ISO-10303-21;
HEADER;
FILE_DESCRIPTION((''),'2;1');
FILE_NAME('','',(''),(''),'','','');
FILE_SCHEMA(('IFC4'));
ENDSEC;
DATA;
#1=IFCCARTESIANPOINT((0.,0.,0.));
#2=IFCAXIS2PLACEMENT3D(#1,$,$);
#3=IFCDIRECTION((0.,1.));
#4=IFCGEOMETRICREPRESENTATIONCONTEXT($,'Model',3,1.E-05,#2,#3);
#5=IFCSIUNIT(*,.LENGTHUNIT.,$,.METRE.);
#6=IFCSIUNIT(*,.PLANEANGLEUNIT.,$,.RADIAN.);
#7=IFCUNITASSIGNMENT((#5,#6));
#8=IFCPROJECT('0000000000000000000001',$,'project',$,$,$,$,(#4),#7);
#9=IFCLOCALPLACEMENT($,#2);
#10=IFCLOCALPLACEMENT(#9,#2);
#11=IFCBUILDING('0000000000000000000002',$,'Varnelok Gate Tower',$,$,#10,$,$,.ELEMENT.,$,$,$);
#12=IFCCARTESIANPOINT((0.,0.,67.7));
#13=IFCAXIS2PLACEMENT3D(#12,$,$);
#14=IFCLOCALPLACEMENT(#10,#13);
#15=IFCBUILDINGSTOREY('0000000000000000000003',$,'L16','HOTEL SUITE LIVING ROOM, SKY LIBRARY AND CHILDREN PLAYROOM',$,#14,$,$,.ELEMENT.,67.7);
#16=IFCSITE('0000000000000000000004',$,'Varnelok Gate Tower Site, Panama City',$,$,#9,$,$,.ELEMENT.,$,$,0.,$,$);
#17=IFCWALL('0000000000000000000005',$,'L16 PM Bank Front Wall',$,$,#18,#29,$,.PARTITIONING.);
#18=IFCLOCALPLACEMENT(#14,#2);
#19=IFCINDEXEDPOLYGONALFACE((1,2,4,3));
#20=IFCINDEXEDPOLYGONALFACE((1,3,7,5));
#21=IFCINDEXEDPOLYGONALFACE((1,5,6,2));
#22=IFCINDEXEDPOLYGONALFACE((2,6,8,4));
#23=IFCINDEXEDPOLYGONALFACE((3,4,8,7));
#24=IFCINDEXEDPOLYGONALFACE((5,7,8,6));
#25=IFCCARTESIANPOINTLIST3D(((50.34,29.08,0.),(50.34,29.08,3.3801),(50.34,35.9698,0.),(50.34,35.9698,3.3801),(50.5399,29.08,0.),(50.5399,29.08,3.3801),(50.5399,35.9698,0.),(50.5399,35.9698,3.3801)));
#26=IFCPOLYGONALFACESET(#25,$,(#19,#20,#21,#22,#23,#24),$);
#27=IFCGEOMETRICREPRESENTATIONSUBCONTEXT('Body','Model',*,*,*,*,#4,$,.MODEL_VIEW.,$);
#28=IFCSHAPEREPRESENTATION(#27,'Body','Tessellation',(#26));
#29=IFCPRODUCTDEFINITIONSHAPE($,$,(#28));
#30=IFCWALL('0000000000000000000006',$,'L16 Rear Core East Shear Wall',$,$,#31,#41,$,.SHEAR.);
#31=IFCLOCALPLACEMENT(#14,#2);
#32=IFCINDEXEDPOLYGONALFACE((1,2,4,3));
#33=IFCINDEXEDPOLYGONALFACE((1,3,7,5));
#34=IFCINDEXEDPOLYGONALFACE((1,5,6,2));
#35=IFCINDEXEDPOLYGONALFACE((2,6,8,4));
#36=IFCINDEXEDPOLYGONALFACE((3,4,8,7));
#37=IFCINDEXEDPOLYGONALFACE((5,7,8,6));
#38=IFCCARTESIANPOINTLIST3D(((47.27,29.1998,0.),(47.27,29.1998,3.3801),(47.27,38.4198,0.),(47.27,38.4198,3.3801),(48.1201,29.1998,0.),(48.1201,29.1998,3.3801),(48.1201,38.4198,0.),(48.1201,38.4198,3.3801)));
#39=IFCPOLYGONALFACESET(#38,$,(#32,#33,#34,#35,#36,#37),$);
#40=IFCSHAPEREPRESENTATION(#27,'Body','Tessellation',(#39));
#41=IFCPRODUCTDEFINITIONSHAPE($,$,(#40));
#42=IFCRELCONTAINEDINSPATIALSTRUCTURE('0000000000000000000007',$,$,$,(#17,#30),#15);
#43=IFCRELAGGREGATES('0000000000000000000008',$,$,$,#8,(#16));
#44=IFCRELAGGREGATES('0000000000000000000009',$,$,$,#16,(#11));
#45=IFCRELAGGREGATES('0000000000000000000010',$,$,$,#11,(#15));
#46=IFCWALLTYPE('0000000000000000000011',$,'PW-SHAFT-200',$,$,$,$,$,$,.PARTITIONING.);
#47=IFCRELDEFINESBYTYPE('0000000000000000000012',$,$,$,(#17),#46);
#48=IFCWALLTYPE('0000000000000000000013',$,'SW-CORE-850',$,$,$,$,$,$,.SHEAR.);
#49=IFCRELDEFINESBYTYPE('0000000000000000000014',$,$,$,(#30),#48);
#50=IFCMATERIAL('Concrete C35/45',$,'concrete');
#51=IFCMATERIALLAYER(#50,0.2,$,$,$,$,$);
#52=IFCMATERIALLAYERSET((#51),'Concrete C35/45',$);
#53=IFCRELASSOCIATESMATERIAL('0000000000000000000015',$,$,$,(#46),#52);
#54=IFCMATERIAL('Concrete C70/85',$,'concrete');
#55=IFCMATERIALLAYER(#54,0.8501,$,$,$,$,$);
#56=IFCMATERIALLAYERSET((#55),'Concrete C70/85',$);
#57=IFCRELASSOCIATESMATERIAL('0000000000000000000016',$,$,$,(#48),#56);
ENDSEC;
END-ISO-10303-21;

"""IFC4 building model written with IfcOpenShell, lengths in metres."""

from ifc_helpers import new_model, si_unit, direction, frame, frame_2d, origin, place, context, subcontext, project, spatial, rectangle, extrude, material, layer, layer_set, type_object, element, save


model = new_model("IFC4")

# Units and contexts
model_context = context("Model", 3, precision=1e-05, world=origin(), true_north=direction((0.0, 1.0)))
body_context = subcontext(model_context, "Body", "Model", "MODEL_VIEW")
ifc_project = project(units=[si_unit("LENGTHUNIT", "METRE"), si_unit("PLANEANGLEUNIT", "RADIAN")], contexts=[model_context])

# Site, building, storey
site_placement = place(None, origin())
site = spatial("IfcSite", under=ifc_project, at=site_placement, Name="Varnelok Gate Tower Site, Panama City", CompositionType="ELEMENT", RefElevation=0.0)
building_placement = place(site_placement, origin())
building = spatial("IfcBuilding", under=site, at=building_placement, Name="Varnelok Gate Tower", CompositionType="ELEMENT")
storey_placement = place(building_placement, frame((0.0, 0.0, 67.7)))
storey = spatial("IfcBuildingStorey", under=building, at=storey_placement, Name="L16", Description="HOTEL SUITE LIVING ROOM, SKY LIBRARY AND CHILDREN PLAYROOM", CompositionType="ELEMENT", Elevation=67.7)

# Shared definitions
ifc_material_1 = material(Name="Concrete C70/85", Category="concrete")

# Walls
ifc_material_2 = material(Name="Concrete C35/45", Category="concrete")
ifc_layer_1 = layer(ifc_material_2, 0.2)
ifc_layer_set_1 = layer_set([ifc_layer_1], Name="Concrete C35/45")
wall_type_1 = type_object("IfcWallType", Name="PW-SHAFT-200", PredefinedType="PARTITIONING", material=ifc_layer_set_1)
for number, where, z_axis, x_axis, name in (
    (1, (50.4399, 29.0801, 0.0), (0.0, 0.0, 1.0), (0.0, 1.0, 0.0), "L16 PM Bank Front Wall"),
):
    element("IfcWall", number, at=place(storey_placement, frame(where, z_axis=z_axis, x_axis=x_axis)), inside=storey, type_object=wall_type_1, Name=name, PredefinedType="PARTITIONING", context=body_context, shape_type="SweptSolid", body=[
        extrude(rectangle(XDim=6.8899, YDim=0.2, at=frame_2d((3.4448, 0.0))), origin(), (0.0, 0.0, 1.0), 3.3801),
    ])
ifc_layer_2 = layer(ifc_material_1, 0.8501)
ifc_layer_set_2 = layer_set([ifc_layer_2], Name="Concrete C70/85")
wall_type_2 = type_object("IfcWallType", Name="SW-CORE-850", PredefinedType="SHEAR", material=ifc_layer_set_2)
wall_1_placement = place(storey_placement, frame((47.6951, 29.2, 0.0), z_axis=(0.0, 0.0, 1.0), x_axis=(0.0, 1.0, 0.0)))
element("IfcWall", 2, at=wall_1_placement, inside=storey, type_object=wall_type_2, Name="L16 Rear Core East Shear Wall", PredefinedType="SHEAR", context=body_context, shape_type="SweptSolid", body=[
    extrude(rectangle(XDim=9.22, YDim=0.8501, at=frame_2d((4.6099, 0.0))), origin(), (0.0, 0.0, 1.0), 3.3801),
])

save(model, "model.ifc")
